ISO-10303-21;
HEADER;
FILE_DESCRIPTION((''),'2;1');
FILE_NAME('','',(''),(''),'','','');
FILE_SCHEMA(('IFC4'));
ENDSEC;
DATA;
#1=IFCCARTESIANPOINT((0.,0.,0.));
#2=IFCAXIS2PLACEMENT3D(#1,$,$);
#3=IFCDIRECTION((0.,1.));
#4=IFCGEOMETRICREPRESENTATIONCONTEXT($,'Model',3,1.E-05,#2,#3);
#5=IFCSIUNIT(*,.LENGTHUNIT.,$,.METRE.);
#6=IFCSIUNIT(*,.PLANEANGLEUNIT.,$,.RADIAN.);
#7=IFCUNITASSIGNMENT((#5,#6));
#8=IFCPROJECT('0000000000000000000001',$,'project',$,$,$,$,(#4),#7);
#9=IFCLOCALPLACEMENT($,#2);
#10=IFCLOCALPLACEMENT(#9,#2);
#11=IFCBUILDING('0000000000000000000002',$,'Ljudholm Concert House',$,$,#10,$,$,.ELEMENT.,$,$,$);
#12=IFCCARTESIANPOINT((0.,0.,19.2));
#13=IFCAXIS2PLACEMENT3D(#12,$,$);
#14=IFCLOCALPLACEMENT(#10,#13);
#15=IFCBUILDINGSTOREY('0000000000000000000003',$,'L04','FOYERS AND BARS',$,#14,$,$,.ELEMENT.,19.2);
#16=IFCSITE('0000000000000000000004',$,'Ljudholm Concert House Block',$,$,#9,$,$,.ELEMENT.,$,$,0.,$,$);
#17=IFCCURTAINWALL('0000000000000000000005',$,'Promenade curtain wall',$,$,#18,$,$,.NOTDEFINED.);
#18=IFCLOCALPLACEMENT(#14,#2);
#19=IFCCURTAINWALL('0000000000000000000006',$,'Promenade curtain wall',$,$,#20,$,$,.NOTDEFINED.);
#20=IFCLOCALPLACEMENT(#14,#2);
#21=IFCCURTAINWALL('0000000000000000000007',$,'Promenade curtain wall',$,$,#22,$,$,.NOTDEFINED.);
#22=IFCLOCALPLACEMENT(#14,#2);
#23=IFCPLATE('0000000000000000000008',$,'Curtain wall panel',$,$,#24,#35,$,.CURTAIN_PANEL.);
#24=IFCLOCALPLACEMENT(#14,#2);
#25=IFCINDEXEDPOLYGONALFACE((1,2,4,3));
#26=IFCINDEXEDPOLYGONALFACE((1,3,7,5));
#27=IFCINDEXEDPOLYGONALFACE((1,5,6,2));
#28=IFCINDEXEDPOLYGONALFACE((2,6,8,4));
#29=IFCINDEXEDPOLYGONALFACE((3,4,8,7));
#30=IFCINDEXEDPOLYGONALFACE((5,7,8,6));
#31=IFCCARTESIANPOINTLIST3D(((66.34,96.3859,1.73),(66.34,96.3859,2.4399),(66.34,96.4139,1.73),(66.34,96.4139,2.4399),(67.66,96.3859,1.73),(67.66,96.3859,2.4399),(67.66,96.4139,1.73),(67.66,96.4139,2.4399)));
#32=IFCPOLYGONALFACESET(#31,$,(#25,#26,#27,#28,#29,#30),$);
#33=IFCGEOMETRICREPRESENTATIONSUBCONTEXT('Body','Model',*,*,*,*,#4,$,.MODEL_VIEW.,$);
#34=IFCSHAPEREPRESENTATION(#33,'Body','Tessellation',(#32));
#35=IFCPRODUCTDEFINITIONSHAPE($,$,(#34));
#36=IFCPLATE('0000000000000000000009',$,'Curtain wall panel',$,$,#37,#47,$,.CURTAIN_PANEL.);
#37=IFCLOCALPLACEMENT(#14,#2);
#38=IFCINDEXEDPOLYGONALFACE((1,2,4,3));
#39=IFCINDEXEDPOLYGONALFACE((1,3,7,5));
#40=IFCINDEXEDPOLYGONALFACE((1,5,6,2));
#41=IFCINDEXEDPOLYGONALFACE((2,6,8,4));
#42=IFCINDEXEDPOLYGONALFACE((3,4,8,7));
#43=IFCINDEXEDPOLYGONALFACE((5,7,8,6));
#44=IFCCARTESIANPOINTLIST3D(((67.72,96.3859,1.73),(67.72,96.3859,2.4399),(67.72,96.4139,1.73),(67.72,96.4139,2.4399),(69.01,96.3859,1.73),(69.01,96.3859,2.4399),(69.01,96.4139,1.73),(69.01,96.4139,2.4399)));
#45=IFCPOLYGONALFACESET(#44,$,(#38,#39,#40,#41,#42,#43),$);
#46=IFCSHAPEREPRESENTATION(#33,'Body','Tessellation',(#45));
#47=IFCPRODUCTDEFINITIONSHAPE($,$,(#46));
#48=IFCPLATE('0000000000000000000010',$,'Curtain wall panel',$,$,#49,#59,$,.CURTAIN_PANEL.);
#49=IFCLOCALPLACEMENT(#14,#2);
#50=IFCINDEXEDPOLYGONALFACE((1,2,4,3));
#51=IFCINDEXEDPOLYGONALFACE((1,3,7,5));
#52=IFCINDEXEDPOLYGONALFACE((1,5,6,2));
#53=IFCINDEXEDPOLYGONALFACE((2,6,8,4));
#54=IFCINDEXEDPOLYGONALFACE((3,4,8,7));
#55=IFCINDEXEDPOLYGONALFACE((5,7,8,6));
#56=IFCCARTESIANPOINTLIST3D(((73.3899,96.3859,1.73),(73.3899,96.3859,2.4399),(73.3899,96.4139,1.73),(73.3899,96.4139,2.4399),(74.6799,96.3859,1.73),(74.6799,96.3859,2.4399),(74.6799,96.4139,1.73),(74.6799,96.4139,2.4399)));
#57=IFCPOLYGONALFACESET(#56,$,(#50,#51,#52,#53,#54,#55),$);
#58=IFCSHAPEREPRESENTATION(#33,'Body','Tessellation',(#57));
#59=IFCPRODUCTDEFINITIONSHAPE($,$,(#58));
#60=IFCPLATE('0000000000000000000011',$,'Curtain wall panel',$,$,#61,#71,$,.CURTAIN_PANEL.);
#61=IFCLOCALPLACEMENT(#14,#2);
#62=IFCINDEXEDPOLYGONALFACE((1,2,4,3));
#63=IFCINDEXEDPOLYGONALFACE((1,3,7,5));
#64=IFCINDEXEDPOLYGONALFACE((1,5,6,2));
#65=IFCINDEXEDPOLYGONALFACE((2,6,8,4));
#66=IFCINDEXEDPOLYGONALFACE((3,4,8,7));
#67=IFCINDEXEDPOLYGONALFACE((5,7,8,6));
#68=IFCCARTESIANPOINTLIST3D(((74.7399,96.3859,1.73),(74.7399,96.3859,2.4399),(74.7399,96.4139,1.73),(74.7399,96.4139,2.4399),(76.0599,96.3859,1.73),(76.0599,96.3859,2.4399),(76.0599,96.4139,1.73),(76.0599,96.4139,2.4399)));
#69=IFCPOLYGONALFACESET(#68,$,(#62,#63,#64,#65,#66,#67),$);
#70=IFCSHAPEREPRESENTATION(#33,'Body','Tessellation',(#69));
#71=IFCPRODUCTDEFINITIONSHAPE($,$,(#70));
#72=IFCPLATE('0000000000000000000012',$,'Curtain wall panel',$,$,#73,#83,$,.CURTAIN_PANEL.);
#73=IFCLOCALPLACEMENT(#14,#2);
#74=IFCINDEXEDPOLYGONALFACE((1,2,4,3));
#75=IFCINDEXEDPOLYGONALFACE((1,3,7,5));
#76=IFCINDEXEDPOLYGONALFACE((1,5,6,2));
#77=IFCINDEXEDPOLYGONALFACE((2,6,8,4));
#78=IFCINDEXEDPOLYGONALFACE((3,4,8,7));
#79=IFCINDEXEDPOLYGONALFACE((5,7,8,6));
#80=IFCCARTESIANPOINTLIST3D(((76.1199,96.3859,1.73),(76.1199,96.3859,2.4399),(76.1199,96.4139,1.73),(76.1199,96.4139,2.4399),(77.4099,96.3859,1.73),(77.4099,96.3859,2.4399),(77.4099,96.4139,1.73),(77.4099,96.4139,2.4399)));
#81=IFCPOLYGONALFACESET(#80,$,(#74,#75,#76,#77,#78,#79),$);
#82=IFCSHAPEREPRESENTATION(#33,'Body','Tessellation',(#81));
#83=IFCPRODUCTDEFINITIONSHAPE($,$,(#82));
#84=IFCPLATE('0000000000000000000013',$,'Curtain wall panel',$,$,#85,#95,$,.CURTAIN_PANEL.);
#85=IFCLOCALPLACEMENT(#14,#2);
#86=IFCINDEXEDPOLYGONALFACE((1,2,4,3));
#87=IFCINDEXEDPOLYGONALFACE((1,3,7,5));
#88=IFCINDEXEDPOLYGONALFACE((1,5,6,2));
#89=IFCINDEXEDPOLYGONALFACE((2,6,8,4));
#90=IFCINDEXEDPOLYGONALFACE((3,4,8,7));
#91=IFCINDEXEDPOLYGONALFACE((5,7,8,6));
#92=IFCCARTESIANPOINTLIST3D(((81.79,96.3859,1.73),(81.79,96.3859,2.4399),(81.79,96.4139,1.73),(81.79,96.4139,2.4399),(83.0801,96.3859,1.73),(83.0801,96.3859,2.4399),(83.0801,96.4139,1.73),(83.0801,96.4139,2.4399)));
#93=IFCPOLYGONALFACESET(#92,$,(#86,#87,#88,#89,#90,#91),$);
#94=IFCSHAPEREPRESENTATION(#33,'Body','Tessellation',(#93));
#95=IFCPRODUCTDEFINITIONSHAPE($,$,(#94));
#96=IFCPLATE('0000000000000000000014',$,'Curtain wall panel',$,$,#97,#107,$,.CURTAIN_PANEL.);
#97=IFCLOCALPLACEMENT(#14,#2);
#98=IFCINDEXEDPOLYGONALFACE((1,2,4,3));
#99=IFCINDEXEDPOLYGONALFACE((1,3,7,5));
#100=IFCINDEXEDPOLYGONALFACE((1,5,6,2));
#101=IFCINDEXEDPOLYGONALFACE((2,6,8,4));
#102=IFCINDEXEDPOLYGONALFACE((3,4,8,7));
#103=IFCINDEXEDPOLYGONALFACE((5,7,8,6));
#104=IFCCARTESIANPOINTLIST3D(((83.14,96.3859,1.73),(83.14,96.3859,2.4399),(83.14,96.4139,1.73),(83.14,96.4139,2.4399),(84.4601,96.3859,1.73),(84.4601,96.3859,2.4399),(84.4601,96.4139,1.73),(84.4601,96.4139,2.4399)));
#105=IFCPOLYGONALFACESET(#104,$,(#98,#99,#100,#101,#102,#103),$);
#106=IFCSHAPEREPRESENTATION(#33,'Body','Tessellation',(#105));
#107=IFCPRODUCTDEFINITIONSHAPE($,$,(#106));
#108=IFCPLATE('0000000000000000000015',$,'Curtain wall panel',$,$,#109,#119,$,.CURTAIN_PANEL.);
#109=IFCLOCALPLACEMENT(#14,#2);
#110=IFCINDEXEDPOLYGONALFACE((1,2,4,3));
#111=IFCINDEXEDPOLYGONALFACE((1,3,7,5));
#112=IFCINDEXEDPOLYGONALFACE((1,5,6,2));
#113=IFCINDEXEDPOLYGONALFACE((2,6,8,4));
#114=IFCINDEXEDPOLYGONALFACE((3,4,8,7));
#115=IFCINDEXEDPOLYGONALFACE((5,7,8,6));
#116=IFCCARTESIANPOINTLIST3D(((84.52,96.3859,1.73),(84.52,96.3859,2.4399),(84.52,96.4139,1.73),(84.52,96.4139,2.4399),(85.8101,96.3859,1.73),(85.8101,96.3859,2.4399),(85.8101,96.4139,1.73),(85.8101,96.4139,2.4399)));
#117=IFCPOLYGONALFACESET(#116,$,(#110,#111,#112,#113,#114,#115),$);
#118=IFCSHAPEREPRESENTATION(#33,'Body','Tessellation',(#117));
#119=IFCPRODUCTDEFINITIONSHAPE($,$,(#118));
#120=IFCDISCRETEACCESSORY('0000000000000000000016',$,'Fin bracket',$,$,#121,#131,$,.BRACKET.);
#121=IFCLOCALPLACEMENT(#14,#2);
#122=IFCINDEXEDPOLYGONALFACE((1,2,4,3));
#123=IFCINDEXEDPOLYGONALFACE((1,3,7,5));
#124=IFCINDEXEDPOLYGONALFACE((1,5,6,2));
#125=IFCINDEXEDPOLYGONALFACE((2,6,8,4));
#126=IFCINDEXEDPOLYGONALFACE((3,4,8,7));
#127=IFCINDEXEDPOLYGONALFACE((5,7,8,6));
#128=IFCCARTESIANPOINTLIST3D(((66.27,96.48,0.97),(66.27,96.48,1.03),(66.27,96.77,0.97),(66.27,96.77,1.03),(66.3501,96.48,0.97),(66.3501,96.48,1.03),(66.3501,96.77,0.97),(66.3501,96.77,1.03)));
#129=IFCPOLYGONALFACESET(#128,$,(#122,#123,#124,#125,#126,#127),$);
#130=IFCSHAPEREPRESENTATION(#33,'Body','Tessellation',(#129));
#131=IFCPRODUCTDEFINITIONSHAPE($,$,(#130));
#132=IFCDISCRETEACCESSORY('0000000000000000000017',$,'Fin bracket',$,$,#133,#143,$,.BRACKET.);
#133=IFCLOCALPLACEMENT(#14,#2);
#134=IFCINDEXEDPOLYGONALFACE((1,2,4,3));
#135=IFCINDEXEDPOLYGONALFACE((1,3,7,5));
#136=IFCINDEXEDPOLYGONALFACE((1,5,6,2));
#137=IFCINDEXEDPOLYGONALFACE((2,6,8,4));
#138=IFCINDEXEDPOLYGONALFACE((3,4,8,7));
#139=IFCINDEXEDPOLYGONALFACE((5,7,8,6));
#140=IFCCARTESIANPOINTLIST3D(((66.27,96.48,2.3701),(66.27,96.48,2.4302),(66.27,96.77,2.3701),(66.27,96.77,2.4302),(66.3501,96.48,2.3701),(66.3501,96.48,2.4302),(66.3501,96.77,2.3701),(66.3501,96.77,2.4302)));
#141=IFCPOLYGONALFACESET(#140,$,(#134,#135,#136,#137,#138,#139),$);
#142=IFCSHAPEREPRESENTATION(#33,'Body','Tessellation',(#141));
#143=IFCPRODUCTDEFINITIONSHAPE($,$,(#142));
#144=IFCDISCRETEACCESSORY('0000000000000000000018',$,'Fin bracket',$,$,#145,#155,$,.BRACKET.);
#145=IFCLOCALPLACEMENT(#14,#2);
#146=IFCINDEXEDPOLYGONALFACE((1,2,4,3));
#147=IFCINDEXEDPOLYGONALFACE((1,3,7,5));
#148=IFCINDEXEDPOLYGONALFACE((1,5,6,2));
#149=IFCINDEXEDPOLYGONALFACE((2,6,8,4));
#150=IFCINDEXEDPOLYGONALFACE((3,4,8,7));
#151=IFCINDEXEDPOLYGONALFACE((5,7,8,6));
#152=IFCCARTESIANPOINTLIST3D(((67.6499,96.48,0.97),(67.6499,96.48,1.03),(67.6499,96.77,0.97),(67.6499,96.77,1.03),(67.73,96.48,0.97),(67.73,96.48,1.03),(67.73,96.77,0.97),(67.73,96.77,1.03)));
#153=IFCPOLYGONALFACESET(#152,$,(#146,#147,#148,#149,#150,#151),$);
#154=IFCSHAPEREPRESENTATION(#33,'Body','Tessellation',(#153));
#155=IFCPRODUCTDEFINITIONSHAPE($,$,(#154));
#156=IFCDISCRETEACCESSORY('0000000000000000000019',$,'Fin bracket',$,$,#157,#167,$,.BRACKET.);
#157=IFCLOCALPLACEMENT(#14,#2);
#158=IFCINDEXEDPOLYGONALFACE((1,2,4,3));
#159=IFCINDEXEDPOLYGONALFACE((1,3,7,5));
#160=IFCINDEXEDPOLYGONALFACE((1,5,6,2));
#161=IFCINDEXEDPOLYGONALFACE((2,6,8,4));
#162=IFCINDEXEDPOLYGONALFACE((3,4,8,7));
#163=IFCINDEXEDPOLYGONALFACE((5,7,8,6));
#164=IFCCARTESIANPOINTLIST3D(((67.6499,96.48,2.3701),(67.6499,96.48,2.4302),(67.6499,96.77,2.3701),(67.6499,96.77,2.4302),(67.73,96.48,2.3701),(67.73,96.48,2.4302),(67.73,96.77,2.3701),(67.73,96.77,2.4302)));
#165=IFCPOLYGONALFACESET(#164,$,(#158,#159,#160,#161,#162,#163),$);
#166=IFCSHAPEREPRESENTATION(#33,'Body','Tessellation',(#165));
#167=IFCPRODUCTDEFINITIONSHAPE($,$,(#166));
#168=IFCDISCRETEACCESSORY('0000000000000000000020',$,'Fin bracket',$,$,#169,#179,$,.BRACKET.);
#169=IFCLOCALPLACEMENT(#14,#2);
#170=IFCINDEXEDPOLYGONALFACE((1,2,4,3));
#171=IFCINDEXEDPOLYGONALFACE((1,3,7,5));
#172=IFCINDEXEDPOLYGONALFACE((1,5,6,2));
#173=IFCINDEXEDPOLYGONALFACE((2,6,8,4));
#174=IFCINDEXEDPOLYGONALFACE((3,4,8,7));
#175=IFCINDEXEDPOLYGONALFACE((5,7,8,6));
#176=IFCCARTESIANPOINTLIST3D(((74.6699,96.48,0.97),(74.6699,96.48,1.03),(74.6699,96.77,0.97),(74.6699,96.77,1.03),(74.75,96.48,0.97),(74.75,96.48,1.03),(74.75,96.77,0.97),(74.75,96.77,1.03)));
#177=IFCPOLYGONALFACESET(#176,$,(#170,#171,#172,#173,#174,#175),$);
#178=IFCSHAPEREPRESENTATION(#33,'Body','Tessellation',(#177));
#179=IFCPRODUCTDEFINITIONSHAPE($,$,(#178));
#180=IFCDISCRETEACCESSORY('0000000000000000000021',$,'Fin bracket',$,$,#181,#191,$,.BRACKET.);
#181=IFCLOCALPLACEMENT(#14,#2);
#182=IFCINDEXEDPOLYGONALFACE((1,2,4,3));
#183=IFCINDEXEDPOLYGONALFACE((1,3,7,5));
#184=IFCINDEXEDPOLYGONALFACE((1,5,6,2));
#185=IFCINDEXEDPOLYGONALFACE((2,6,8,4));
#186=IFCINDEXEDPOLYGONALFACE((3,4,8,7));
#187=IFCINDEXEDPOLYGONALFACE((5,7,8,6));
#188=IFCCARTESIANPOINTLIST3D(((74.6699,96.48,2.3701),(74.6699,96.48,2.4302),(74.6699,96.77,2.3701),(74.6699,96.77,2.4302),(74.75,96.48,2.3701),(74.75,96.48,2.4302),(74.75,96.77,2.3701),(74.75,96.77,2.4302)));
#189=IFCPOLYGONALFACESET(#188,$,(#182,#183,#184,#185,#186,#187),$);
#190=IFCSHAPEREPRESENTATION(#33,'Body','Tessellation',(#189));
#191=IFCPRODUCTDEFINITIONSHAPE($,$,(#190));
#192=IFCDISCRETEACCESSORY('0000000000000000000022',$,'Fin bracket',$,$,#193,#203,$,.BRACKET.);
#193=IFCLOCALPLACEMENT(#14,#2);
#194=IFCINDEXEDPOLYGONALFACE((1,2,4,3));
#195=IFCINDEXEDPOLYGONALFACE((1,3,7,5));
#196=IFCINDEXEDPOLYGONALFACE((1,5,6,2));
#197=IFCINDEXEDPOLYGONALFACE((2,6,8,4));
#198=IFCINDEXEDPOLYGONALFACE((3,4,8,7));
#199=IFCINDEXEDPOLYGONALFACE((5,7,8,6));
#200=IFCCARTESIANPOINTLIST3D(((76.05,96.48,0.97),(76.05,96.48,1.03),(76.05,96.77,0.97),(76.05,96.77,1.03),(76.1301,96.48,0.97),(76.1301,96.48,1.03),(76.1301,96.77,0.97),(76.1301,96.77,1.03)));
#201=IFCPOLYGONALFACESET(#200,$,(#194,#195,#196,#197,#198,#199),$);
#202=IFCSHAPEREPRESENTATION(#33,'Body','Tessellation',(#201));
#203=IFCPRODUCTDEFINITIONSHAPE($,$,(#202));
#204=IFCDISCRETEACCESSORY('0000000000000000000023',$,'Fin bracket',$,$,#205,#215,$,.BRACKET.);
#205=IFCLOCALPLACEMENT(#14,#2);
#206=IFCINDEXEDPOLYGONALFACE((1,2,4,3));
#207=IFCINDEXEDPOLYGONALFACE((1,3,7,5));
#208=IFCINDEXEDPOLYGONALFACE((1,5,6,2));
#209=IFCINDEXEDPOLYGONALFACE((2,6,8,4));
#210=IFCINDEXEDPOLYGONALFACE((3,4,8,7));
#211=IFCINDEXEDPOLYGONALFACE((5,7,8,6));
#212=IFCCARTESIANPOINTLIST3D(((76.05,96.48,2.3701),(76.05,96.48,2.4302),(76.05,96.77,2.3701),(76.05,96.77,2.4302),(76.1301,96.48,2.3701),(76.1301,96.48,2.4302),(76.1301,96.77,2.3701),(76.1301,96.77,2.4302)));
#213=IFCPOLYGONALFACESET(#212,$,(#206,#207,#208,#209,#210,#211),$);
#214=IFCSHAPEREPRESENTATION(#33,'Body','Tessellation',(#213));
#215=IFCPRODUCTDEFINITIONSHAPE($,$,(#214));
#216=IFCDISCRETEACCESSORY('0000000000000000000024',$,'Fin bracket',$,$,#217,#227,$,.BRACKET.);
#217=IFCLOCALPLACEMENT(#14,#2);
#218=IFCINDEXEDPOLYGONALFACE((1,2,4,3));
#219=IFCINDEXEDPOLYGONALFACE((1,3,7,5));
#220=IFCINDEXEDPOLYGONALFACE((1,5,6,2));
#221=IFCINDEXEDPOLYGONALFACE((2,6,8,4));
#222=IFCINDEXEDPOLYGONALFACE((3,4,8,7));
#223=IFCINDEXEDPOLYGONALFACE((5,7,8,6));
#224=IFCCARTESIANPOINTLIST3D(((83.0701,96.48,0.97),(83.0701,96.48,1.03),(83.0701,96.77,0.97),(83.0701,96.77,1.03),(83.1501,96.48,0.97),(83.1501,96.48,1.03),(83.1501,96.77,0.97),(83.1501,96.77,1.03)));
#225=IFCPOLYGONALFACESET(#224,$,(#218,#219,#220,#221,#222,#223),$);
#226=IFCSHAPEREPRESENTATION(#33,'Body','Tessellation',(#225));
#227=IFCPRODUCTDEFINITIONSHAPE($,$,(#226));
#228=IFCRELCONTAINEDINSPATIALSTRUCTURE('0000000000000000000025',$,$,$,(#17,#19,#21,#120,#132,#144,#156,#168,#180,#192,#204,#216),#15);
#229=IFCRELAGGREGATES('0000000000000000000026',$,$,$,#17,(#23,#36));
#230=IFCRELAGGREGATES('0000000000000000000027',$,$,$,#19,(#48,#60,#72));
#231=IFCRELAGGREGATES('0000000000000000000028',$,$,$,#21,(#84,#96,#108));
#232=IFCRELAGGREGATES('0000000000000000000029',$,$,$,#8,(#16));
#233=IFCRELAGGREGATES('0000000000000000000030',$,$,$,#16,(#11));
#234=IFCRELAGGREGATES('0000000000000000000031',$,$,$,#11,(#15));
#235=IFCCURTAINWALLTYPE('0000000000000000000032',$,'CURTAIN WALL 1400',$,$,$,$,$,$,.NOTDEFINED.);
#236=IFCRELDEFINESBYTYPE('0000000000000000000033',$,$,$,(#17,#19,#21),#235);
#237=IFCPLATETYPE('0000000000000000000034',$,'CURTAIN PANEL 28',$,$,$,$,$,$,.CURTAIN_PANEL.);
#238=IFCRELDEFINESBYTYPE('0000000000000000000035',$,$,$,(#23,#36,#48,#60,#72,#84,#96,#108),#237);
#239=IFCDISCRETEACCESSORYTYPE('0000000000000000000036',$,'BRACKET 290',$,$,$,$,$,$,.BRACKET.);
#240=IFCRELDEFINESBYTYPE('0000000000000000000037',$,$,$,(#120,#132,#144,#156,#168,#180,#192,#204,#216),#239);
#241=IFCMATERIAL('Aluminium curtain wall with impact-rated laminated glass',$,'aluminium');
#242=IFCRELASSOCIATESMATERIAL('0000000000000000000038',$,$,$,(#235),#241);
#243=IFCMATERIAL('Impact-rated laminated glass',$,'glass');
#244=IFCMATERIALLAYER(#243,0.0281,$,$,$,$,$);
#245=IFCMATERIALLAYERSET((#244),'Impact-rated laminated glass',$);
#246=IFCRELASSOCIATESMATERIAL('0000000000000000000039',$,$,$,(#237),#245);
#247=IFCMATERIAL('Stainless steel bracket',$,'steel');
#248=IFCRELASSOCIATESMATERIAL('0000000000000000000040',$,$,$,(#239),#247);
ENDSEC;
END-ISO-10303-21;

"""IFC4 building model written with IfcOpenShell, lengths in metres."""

from ifc_helpers import new_model, si_unit, direction, frame, origin, origin_2d, place, context, subcontext, project, spatial, rectangle, extrude, material, layer, layer_set, type_object, element, aggregate, save


model = new_model("IFC4")

# Units and contexts
model_context = context("Model", 3, precision=1e-05, world=origin(), true_north=direction((0.0, 1.0)))
body_context = subcontext(model_context, "Body", "Model", "MODEL_VIEW")
ifc_project = project(units=[si_unit("LENGTHUNIT", "METRE"), si_unit("PLANEANGLEUNIT", "RADIAN")], contexts=[model_context])

# Site, building, storey
site_placement = place(None, origin())
site = spatial("IfcSite", under=ifc_project, at=site_placement, Name="Ljudholm Concert House Block", CompositionType="ELEMENT", RefElevation=0.0)
building_placement = place(site_placement, origin())
building = spatial("IfcBuilding", under=site, at=building_placement, Name="Ljudholm Concert House", CompositionType="ELEMENT")
storey_placement = place(building_placement, frame((0.0, 0.0, 19.2)))
storey = spatial("IfcBuildingStorey", under=building, at=storey_placement, Name="L04", Description="FOYERS AND BARS", CompositionType="ELEMENT", Elevation=19.2)

# Curtain walls
ifc_material_1 = material(Name="Aluminium curtain wall with impact-rated laminated glass", Category="aluminium")
curtain_wall_type = type_object("IfcCurtainWallType", Name="CURTAIN WALL 1400", PredefinedType="NOTDEFINED", material=ifc_material_1)
curtain_wall_1_placement = place(storey_placement, origin())
curtain_wall_1 = element("IfcCurtainWall", 1, at=curtain_wall_1_placement, inside=storey, type_object=curtain_wall_type, Name="Promenade curtain wall", PredefinedType="NOTDEFINED")
curtain_wall_2_placement = place(storey_placement, origin())
curtain_wall_2 = element("IfcCurtainWall", 2, at=curtain_wall_2_placement, inside=storey, type_object=curtain_wall_type, Name="Promenade curtain wall", PredefinedType="NOTDEFINED")
curtain_wall_3_placement = place(storey_placement, origin())
curtain_wall_3 = element("IfcCurtainWall", 3, at=curtain_wall_3_placement, inside=storey, type_object=curtain_wall_type, Name="Promenade curtain wall", PredefinedType="NOTDEFINED")

# Plates
ifc_material_2 = material(Name="Impact-rated laminated glass", Category="glass")
ifc_layer_1 = layer(ifc_material_2, 0.0281)
ifc_layer_set_1 = layer_set([ifc_layer_1], Name="Impact-rated laminated glass")
plate_type = type_object("IfcPlateType", Name="CURTAIN PANEL 28", PredefinedType="CURTAIN_PANEL", material=ifc_layer_set_1)
plate_1_placement = place(storey_placement, frame((67.0, 96.3999, 1.73), z_axis=(0.0, 0.0, 1.0), x_axis=(1.0, 0.0, 0.0)))
plate_1 = element("IfcPlate", 4, at=plate_1_placement, type_object=plate_type, Name="Curtain wall panel", PredefinedType="CURTAIN_PANEL", context=body_context, shape_type="SweptSolid", body=[
    extrude(rectangle(XDim=1.3201, YDim=0.0281, at=origin_2d()), origin(), (0.0, 0.0, 1.0), 0.71),
])
plate_2_placement = place(storey_placement, frame((68.365, 96.3999, 1.73), z_axis=(0.0, 0.0, 1.0), x_axis=(1.0, 0.0, 0.0)))
plate_2 = element("IfcPlate", 5, at=plate_2_placement, type_object=plate_type, Name="Curtain wall panel", PredefinedType="CURTAIN_PANEL", context=body_context, shape_type="SweptSolid", body=[
    extrude(rectangle(XDim=1.29, YDim=0.0281, at=origin_2d()), origin(), (0.0, 0.0, 1.0), 0.71),
])
aggregate(curtain_wall_1, [plate_1, plate_2])
plate_3_placement = place(storey_placement, frame((74.0349, 96.3999, 1.73), z_axis=(0.0, 0.0, 1.0), x_axis=(1.0, 0.0, 0.0)))
plate_3 = element("IfcPlate", 6, at=plate_3_placement, type_object=plate_type, Name="Curtain wall panel", PredefinedType="CURTAIN_PANEL", context=body_context, shape_type="SweptSolid", body=[
    extrude(rectangle(XDim=1.29, YDim=0.0281, at=origin_2d()), origin(), (0.0, 0.0, 1.0), 0.71),
])
plate_4_placement = place(storey_placement, frame((75.3999, 96.3999, 1.73), z_axis=(0.0, 0.0, 1.0), x_axis=(1.0, 0.0, 0.0)))
plate_4 = element("IfcPlate", 7, at=plate_4_placement, type_object=plate_type, Name="Curtain wall panel", PredefinedType="CURTAIN_PANEL", context=body_context, shape_type="SweptSolid", body=[
    extrude(rectangle(XDim=1.3201, YDim=0.0281, at=origin_2d()), origin(), (0.0, 0.0, 1.0), 0.71),
])
plate_5_placement = place(storey_placement, frame((76.7649, 96.3999, 1.73), z_axis=(0.0, 0.0, 1.0), x_axis=(1.0, 0.0, 0.0)))
plate_5 = element("IfcPlate", 8, at=plate_5_placement, type_object=plate_type, Name="Curtain wall panel", PredefinedType="CURTAIN_PANEL", context=body_context, shape_type="SweptSolid", body=[
    extrude(rectangle(XDim=1.29, YDim=0.0281, at=origin_2d()), origin(), (0.0, 0.0, 1.0), 0.71),
])
aggregate(curtain_wall_2, [plate_3, plate_4, plate_5])
plate_6_placement = place(storey_placement, frame((82.4351, 96.3999, 1.73), z_axis=(0.0, 0.0, 1.0), x_axis=(1.0, 0.0, 0.0)))
plate_6 = element("IfcPlate", 9, at=plate_6_placement, type_object=plate_type, Name="Curtain wall panel", PredefinedType="CURTAIN_PANEL", context=body_context, shape_type="SweptSolid", body=[
    extrude(rectangle(XDim=1.29, YDim=0.0281, at=origin_2d()), origin(), (0.0, 0.0, 1.0), 0.71),
])
plate_7_placement = place(storey_placement, frame((83.8, 96.3999, 1.73), z_axis=(0.0, 0.0, 1.0), x_axis=(1.0, 0.0, 0.0)))
plate_7 = element("IfcPlate", 10, at=plate_7_placement, type_object=plate_type, Name="Curtain wall panel", PredefinedType="CURTAIN_PANEL", context=body_context, shape_type="SweptSolid", body=[
    extrude(rectangle(XDim=1.3201, YDim=0.0281, at=origin_2d()), origin(), (0.0, 0.0, 1.0), 0.71),
])
plate_8_placement = place(storey_placement, frame((85.165, 96.3999, 1.73), z_axis=(0.0, 0.0, 1.0), x_axis=(1.0, 0.0, 0.0)))
plate_8 = element("IfcPlate", 11, at=plate_8_placement, type_object=plate_type, Name="Curtain wall panel", PredefinedType="CURTAIN_PANEL", context=body_context, shape_type="SweptSolid", body=[
    extrude(rectangle(XDim=1.29, YDim=0.0281, at=origin_2d()), origin(), (0.0, 0.0, 1.0), 0.71),
])
aggregate(curtain_wall_3, [plate_6, plate_7, plate_8])

# Discrete accessories
ifc_material_3 = material(Name="Stainless steel bracket", Category="steel")
discrete_accessory_type_1 = type_object("IfcDiscreteAccessoryType", Name="BRACKET 290", PredefinedType="BRACKET", material=ifc_material_3)
for number, where, z_axis, x_axis, name in (
    (12, (66.3101, 96.625, 0.97), (0.0, 0.0, 1.0), (0.0, 1.0, 0.0), "Fin bracket"),
    (13, (66.3101, 96.625, 2.3701), (0.0, 0.0, 1.0), (0.0, 1.0, 0.0), "Fin bracket"),
    (14, (67.6899, 96.625, 0.97), (0.0, 0.0, 1.0), (0.0, 1.0, 0.0), "Fin bracket"),
    (15, (67.6899, 96.625, 2.3701), (0.0, 0.0, 1.0), (0.0, 1.0, 0.0), "Fin bracket"),
    (16, (74.71, 96.625, 0.97), (0.0, 0.0, 1.0), (0.0, 1.0, 0.0), "Fin bracket"),
    (17, (74.71, 96.625, 2.3701), (0.0, 0.0, 1.0), (0.0, 1.0, 0.0), "Fin bracket"),
    (18, (76.0901, 96.625, 0.97), (0.0, 0.0, 1.0), (0.0, 1.0, 0.0), "Fin bracket"),
    (19, (76.0901, 96.625, 2.3701), (0.0, 0.0, 1.0), (0.0, 1.0, 0.0), "Fin bracket"),
    (20, (83.1101, 96.625, 0.97), (0.0, 0.0, 1.0), (0.0, 1.0, 0.0), "Fin bracket"),
):
    element("IfcDiscreteAccessory", number, at=place(storey_placement, frame(where, z_axis=z_axis, x_axis=x_axis)), inside=storey, type_object=discrete_accessory_type_1, Name=name, PredefinedType="BRACKET", context=body_context, shape_type="SweptSolid", body=[
        extrude(rectangle(XDim=0.29, YDim=0.0801, at=origin_2d()), origin(), (0.0, 0.0, 1.0), 0.0601),
    ])

save(model, "model.ifc")
